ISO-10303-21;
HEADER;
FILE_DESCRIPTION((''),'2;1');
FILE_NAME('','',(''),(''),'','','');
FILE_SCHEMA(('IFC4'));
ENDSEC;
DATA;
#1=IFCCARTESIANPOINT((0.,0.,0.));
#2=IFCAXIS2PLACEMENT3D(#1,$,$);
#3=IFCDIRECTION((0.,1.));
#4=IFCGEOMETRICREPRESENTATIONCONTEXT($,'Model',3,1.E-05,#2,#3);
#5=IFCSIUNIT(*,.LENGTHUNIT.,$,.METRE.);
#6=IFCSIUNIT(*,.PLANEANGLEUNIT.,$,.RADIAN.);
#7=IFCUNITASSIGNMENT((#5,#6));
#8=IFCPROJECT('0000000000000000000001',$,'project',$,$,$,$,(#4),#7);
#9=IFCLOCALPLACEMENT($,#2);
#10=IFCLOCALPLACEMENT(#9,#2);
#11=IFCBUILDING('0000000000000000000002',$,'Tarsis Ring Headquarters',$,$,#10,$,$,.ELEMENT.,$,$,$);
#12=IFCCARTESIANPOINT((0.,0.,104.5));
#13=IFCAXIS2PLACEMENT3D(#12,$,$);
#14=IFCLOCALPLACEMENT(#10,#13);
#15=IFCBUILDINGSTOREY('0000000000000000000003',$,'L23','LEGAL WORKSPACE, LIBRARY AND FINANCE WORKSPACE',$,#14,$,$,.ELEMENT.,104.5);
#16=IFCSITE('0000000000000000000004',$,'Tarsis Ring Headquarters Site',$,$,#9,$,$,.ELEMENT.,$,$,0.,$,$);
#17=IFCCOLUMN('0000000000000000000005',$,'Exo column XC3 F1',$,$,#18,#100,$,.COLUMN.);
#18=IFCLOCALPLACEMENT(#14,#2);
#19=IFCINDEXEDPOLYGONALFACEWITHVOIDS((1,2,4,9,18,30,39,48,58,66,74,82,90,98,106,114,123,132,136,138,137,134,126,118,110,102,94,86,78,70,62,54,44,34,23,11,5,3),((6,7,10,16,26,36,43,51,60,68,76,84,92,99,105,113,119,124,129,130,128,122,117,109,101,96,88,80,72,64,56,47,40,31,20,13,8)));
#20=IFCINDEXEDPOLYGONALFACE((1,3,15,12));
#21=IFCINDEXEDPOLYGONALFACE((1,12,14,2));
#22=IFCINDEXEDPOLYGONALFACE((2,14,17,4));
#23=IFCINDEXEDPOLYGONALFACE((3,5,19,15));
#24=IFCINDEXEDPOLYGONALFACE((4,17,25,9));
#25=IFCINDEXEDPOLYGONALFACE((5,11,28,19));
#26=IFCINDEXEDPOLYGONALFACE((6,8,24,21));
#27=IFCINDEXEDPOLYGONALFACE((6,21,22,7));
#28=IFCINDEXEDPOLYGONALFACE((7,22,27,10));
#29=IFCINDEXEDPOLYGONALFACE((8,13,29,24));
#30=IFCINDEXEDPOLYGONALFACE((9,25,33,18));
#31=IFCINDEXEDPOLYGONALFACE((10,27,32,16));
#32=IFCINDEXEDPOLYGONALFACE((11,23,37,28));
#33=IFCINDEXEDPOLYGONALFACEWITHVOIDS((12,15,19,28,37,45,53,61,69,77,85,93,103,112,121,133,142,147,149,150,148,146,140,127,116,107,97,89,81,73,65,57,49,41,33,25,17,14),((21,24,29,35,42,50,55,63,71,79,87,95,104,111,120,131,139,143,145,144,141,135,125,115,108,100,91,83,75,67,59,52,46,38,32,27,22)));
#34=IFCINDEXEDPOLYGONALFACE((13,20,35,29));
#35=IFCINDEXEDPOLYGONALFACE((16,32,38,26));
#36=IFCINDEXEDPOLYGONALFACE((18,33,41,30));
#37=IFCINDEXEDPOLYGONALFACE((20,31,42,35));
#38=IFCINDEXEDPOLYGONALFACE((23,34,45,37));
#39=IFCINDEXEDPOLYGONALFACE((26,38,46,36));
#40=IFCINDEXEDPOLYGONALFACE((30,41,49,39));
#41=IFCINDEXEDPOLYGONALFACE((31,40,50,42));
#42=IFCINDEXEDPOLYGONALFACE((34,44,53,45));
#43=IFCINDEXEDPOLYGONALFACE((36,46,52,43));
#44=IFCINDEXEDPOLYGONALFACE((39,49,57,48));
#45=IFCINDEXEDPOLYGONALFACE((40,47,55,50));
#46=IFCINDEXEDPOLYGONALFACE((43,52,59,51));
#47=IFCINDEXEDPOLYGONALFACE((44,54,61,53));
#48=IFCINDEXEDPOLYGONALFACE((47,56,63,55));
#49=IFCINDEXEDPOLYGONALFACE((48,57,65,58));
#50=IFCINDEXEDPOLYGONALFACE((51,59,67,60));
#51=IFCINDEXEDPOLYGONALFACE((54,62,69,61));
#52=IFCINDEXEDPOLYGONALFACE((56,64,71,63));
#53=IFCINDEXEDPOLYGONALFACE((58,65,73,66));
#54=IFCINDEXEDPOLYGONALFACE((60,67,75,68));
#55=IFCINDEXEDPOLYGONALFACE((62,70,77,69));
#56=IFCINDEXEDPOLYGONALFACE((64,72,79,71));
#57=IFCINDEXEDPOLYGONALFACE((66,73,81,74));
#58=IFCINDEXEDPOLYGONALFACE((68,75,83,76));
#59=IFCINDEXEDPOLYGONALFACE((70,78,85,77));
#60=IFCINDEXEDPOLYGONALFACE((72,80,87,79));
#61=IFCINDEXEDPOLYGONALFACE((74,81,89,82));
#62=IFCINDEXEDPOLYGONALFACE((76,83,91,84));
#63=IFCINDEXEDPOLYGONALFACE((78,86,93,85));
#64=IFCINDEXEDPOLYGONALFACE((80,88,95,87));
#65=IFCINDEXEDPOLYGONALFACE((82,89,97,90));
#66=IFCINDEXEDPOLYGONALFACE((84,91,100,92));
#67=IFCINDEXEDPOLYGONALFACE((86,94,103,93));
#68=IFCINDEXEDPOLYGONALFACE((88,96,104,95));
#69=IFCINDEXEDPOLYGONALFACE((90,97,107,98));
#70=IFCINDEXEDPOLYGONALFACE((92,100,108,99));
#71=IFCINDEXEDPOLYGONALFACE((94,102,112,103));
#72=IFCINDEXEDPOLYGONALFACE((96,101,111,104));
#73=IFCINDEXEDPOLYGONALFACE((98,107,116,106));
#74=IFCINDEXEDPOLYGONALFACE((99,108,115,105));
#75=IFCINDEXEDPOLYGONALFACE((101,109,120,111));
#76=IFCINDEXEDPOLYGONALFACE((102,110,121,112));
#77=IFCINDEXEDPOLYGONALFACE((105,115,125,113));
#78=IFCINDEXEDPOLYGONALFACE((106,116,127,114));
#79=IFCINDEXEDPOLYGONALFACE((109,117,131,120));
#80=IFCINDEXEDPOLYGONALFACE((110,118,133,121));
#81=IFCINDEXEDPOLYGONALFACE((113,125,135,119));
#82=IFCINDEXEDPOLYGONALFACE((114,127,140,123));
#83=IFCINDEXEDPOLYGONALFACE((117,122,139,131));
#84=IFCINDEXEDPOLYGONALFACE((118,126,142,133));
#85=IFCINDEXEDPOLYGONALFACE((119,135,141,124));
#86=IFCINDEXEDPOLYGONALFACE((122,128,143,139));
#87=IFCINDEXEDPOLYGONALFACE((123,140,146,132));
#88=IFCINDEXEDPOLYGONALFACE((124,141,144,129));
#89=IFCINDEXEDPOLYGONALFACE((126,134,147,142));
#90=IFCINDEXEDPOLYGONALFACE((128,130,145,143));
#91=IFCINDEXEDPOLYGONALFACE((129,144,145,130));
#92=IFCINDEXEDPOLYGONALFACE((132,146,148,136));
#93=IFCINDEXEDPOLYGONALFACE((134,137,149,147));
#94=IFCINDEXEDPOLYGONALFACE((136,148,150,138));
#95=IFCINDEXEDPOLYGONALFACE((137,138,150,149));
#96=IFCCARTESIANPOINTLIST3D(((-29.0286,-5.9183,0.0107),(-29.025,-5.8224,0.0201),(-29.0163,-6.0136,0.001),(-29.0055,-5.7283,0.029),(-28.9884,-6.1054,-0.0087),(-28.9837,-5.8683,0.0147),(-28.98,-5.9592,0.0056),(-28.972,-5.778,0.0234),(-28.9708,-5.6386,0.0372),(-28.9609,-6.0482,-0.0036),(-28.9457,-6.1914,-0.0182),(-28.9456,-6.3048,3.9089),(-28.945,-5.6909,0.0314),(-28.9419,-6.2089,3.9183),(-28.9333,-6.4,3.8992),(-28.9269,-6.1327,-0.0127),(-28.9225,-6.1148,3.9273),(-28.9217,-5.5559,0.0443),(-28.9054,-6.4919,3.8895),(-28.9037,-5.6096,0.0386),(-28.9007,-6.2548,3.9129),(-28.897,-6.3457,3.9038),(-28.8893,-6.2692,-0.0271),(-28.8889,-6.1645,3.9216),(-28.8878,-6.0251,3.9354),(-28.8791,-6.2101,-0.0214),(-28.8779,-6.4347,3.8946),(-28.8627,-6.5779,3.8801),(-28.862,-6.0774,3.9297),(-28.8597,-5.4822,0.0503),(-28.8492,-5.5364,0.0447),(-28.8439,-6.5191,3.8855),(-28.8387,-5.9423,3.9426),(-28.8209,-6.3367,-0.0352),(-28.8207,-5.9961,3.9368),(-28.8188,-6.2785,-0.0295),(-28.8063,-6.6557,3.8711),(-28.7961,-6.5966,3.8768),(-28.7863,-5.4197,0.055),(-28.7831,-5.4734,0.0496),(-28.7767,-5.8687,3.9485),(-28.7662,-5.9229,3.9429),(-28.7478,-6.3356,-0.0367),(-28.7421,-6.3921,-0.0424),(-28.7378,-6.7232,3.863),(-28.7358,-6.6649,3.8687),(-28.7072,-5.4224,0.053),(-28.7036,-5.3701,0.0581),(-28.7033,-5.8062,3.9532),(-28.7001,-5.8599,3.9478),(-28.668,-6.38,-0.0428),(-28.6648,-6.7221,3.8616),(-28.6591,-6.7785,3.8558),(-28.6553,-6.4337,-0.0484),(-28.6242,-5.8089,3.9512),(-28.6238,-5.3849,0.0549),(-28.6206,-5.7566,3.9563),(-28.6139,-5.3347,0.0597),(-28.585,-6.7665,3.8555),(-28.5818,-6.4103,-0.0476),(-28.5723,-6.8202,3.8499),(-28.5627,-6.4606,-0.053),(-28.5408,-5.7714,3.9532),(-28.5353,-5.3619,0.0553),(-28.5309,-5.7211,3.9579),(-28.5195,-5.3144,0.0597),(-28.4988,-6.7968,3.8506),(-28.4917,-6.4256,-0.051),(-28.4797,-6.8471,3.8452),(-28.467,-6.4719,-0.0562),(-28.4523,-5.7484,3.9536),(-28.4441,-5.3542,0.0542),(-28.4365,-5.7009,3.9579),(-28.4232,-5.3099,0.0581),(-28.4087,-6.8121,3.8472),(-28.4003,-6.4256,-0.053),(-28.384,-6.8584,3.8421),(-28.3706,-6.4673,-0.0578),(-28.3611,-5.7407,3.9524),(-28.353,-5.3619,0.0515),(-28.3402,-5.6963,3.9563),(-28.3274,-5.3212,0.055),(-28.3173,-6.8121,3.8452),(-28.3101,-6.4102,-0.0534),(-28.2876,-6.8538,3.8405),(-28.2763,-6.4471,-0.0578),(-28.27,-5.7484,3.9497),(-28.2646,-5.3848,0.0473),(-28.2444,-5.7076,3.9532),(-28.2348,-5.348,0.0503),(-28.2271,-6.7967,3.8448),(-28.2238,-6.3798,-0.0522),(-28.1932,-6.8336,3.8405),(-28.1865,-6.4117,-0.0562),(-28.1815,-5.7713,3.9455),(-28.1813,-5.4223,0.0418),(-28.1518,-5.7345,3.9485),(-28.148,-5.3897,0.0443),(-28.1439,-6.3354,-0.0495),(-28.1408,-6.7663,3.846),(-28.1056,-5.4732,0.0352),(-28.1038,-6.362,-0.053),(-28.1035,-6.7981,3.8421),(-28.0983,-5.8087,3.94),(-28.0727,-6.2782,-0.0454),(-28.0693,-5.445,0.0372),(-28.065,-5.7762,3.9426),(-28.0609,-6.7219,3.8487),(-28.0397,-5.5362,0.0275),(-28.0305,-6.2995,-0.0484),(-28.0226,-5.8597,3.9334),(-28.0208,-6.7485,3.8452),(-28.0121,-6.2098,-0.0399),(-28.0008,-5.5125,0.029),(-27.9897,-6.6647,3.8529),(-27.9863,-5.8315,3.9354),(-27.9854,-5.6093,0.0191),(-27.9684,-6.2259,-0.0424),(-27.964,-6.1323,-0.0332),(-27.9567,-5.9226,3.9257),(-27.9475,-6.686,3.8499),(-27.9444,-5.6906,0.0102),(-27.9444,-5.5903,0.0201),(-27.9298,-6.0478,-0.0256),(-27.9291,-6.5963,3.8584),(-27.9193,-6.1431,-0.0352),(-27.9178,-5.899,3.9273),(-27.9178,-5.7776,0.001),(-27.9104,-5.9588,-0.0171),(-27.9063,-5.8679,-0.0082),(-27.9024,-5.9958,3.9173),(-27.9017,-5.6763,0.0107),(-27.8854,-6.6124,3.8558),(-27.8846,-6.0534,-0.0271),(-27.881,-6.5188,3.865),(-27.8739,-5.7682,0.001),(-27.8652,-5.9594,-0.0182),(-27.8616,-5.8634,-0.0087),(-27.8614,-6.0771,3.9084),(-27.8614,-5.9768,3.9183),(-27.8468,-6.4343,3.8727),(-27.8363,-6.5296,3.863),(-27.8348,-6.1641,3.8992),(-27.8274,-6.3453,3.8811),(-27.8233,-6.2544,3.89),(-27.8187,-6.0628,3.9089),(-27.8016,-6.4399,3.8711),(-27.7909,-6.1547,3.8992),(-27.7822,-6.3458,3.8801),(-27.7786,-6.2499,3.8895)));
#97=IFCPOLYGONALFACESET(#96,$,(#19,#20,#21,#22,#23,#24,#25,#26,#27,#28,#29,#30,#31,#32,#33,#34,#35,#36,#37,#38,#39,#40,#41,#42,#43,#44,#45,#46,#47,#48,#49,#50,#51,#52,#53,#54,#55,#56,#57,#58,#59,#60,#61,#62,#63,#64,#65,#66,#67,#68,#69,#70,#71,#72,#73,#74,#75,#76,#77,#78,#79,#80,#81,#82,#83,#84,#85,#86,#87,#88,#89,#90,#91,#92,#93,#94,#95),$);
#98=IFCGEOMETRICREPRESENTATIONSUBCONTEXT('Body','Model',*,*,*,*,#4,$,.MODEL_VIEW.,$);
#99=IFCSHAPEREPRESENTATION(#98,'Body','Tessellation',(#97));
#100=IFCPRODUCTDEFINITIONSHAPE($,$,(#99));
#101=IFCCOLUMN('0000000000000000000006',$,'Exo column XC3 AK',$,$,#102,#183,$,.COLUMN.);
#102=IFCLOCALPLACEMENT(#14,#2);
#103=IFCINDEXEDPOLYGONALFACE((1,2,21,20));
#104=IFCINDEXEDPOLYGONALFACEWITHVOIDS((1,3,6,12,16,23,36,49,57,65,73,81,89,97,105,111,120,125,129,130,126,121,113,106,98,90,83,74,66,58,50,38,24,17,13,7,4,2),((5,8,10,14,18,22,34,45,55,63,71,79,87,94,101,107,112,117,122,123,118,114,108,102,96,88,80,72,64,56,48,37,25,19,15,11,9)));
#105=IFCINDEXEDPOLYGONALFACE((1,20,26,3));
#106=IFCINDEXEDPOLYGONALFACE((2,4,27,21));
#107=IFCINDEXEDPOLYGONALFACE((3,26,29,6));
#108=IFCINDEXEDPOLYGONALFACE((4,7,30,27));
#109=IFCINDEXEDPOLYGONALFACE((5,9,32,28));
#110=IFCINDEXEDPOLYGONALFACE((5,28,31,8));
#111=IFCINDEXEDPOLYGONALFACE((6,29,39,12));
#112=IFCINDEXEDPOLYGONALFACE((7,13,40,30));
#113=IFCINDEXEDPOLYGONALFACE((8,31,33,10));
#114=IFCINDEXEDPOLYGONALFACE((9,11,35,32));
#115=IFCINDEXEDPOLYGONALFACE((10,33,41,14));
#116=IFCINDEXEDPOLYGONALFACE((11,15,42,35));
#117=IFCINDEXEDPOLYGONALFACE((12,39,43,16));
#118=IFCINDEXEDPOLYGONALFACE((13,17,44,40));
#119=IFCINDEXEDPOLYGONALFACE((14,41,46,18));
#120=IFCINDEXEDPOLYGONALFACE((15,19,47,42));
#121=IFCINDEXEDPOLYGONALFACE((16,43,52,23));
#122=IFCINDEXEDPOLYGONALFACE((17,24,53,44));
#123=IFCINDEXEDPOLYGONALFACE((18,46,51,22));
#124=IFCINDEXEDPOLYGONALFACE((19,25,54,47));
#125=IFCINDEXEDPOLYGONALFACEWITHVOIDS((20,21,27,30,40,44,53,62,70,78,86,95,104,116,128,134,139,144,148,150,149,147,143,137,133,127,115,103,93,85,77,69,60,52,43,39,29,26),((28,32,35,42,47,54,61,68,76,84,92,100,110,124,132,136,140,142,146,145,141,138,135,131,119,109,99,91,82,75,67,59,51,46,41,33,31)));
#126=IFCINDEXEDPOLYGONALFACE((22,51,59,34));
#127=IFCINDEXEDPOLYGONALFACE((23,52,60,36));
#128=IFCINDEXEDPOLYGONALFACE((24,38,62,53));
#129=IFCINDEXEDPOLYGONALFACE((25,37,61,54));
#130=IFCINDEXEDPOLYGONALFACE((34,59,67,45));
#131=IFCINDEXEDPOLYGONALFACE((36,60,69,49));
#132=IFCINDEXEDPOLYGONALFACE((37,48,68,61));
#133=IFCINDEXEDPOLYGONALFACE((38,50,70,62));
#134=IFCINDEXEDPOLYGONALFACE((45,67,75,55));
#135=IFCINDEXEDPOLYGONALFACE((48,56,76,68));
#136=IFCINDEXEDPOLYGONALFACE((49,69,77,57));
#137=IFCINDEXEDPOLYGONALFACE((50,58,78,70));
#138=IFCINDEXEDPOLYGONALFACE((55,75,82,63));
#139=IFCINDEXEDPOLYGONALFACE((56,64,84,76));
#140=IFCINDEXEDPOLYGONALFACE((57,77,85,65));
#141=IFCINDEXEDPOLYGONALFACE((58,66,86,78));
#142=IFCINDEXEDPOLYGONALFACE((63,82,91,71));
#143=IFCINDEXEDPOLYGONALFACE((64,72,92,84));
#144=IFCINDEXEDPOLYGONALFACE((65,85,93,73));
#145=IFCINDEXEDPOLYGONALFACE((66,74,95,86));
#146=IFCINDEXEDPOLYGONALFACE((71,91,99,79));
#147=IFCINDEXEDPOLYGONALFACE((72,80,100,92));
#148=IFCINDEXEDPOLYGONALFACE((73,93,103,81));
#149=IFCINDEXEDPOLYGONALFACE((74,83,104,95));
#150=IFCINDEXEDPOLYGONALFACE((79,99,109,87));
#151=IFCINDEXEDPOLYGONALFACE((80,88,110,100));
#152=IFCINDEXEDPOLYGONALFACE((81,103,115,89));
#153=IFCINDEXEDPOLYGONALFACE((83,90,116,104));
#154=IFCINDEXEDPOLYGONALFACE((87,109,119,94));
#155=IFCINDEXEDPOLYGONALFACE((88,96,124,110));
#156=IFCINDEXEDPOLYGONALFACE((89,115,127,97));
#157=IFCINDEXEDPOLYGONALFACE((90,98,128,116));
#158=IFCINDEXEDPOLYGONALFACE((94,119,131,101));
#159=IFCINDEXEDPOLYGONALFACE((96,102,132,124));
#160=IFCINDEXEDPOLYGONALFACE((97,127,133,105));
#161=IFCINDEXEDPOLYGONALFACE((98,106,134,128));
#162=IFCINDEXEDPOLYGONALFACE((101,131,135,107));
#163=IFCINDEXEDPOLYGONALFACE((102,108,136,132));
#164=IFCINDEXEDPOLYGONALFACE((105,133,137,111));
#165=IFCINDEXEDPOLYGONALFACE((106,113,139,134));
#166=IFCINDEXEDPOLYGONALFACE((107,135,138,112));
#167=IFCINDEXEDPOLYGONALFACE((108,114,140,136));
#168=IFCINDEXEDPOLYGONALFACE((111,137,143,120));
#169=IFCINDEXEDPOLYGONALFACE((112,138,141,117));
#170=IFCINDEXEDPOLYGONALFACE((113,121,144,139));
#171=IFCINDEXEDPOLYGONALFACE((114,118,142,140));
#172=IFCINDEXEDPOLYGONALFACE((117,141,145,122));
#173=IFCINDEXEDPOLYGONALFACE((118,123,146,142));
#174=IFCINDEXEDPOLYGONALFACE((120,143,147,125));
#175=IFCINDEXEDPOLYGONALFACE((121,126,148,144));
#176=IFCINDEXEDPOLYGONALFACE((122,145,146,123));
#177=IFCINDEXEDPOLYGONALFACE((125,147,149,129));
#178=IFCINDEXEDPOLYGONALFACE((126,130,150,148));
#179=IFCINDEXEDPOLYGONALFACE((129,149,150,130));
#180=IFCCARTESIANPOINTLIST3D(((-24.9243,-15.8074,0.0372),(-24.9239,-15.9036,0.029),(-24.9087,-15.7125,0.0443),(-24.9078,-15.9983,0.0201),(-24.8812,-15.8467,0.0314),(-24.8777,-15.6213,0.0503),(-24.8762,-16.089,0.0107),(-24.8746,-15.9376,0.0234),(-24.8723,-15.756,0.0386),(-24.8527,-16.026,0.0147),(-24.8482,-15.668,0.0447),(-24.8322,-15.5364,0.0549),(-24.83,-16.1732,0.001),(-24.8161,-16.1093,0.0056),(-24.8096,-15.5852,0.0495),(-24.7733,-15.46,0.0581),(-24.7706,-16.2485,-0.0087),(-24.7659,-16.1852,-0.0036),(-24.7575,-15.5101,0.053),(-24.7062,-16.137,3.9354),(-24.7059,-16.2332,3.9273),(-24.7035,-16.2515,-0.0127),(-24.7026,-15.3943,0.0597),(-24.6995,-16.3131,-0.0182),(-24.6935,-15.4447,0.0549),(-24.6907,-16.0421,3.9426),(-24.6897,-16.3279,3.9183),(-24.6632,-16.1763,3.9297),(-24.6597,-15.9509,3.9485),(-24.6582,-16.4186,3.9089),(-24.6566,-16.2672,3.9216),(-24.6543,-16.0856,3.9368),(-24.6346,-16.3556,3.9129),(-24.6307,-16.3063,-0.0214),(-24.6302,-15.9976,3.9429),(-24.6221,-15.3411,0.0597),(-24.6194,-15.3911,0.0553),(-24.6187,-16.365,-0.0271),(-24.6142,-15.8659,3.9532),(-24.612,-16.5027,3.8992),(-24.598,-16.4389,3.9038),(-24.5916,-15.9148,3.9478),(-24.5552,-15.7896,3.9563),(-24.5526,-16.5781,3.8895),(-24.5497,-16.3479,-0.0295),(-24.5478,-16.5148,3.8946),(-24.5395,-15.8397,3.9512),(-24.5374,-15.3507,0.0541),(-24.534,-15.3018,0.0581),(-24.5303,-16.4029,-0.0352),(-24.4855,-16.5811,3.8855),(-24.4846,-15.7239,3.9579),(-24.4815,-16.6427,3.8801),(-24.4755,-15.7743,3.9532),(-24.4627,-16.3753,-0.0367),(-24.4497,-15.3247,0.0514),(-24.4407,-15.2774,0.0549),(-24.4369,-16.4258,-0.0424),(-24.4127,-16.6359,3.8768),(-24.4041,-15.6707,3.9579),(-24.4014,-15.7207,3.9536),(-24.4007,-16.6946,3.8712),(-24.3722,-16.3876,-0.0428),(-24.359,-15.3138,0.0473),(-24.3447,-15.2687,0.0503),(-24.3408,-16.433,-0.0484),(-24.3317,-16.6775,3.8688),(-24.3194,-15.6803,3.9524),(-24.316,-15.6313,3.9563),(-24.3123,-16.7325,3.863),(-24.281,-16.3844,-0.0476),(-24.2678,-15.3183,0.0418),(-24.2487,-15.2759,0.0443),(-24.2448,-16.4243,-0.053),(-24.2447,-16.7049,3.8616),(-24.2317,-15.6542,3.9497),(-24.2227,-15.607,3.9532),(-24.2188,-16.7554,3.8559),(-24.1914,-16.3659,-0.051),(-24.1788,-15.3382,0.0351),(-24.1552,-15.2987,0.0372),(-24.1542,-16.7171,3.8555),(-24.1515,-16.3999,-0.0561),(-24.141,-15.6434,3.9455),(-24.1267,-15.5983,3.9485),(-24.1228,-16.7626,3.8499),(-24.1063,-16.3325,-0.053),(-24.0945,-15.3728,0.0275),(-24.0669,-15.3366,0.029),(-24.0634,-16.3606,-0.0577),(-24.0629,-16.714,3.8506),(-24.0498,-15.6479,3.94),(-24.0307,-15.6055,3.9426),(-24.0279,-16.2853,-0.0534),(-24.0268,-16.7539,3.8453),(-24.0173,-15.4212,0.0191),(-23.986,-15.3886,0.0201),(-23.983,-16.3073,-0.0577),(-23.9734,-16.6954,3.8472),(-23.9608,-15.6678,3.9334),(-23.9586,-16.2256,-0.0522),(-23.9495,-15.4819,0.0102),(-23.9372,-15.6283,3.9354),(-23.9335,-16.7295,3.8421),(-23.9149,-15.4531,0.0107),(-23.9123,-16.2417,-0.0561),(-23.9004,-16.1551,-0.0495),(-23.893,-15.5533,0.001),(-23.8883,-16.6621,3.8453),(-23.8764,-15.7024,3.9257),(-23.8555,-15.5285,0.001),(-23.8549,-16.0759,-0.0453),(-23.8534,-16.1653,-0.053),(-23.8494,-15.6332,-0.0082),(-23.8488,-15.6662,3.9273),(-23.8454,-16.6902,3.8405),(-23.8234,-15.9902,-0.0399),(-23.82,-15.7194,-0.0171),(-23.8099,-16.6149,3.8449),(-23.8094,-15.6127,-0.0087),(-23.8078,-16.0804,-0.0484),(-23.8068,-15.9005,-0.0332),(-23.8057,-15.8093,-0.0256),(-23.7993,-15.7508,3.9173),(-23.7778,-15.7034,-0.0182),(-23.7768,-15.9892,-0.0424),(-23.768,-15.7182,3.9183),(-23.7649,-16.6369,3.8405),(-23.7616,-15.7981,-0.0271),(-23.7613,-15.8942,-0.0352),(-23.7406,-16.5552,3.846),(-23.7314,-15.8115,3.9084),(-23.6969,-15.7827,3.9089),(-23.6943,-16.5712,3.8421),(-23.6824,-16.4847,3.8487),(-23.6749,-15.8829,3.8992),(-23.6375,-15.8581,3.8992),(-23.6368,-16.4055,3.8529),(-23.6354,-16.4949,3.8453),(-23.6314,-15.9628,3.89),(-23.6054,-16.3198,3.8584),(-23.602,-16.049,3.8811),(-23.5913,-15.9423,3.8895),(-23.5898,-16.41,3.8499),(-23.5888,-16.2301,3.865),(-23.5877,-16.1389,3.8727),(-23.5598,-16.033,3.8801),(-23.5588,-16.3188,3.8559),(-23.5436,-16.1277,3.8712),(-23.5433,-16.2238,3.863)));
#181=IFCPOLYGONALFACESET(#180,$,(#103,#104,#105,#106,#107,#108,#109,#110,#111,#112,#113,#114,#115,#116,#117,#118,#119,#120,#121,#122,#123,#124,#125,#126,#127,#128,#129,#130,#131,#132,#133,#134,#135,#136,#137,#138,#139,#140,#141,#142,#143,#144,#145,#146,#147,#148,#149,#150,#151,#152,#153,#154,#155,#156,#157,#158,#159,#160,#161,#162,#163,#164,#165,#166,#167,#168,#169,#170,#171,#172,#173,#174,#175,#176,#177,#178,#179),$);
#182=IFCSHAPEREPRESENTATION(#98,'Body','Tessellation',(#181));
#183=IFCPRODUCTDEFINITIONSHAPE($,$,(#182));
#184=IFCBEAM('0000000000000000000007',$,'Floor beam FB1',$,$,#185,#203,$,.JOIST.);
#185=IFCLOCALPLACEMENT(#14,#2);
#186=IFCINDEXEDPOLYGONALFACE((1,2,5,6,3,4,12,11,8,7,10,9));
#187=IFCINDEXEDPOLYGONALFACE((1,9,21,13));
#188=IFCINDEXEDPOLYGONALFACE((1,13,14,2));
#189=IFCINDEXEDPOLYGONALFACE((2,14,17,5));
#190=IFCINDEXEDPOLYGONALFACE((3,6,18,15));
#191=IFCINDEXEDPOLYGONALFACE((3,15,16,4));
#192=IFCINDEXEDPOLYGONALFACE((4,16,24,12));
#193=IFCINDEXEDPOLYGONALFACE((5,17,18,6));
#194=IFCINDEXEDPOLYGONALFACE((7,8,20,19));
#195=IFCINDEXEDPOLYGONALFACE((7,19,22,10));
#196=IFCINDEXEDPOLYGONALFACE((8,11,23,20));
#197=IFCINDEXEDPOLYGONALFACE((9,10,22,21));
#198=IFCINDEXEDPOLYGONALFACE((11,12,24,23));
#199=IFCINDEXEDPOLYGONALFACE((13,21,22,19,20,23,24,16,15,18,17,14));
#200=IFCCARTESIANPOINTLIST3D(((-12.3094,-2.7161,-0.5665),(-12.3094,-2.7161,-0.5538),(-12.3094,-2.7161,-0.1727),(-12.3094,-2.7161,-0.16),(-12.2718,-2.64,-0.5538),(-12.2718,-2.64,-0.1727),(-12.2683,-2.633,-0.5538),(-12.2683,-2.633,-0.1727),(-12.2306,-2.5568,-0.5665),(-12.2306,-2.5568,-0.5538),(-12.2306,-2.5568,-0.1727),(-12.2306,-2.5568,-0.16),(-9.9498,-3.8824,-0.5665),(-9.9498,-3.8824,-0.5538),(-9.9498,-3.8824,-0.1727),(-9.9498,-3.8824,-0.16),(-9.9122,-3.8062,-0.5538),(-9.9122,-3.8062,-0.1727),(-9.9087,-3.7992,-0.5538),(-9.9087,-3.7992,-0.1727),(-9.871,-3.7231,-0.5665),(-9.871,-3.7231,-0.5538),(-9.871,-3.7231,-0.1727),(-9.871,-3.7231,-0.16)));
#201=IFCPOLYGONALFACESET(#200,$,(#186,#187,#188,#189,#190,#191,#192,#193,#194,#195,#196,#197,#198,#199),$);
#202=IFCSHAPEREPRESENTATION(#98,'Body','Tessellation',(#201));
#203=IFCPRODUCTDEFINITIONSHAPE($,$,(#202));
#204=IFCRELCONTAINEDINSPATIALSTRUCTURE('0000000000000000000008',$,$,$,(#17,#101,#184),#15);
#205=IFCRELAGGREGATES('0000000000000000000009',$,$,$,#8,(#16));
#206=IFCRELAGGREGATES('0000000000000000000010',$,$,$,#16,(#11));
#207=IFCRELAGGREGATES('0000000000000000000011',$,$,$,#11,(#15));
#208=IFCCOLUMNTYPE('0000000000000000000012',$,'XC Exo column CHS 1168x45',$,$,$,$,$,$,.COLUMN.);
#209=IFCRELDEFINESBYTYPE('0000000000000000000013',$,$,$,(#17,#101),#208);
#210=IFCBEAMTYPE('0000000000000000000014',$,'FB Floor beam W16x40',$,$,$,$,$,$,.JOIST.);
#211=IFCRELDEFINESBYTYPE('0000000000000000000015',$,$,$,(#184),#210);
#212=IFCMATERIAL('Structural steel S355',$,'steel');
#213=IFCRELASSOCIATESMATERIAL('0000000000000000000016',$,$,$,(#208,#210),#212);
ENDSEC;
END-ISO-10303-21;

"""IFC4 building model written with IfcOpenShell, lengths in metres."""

from ifc_helpers import new_model, si_unit, direction, frame, origin, origin_2d, place, context, subcontext, project, spatial, hollow_circle, i_section, extrude, material, material_profile, profile_set, type_object, element, save


model = new_model("IFC4")

# Units and contexts
model_context = context("Model", 3, precision=1e-05, world=origin(), true_north=direction((0.0, 1.0)))
body_context = subcontext(model_context, "Body", "Model", "MODEL_VIEW")
ifc_project = project(units=[si_unit("LENGTHUNIT", "METRE"), si_unit("PLANEANGLEUNIT", "RADIAN")], contexts=[model_context])

# Site, building, storey
site_placement = place(None, origin())
site = spatial("IfcSite", under=ifc_project, at=site_placement, Name="Tarsis Ring Headquarters Site", CompositionType="ELEMENT", RefElevation=0.0)
building_placement = place(site_placement, origin())
building = spatial("IfcBuilding", under=site, at=building_placement, Name="Tarsis Ring Headquarters", CompositionType="ELEMENT")
storey_placement = place(building_placement, frame((0.0, 0.0, 104.5)))
storey = spatial("IfcBuildingStorey", under=building, at=storey_placement, Name="L23", Description="LEGAL WORKSPACE, LIBRARY AND FINANCE WORKSPACE", CompositionType="ELEMENT", Elevation=104.5)

# Columns
ifc_material_1 = material(Name="Structural steel S355", Category="steel")
ifc_material_profile_1 = material_profile(ifc_material_1, hollow_circle(Radius=0.5842, WallThickness=0.0449, at=origin_2d()), Name="CHS 1168x45")
ifc_profile_set_1 = profile_set([ifc_material_profile_1], Name="Structural steel S355")
column_type = type_object("IfcColumnType", Name="XC Exo column CHS 1168x45", PredefinedType="COLUMN", material=ifc_profile_set_1)
for number, where, z_axis, x_axis, name in (
    (1, (-28.4451, -5.8909, 0.001), (0.021185, -0.098636, 0.994898), (0.977703, 0.209993, 0.0), "Exo column XC3 F1"),
    (2, (-24.3428, -15.8508, 0.001), (0.055643, -0.084118, 0.994901), (0.834041, 0.551703, 0.0), "Exo column XC3 AK"),
):
    element("IfcColumn", number, at=place(storey_placement, frame(where, z_axis=z_axis, x_axis=x_axis)), inside=storey, type_object=column_type, Name=name, PredefinedType="COLUMN", context=body_context, shape_type="SweptSolid", body=[
        extrude(hollow_circle(Radius=0.5842, WallThickness=0.0449, at=origin_2d()), origin(), (0.0, 0.0, 1.0), 3.9182),
    ])

# Beam
ifc_material_profile_2 = material_profile(ifc_material_1, i_section(OverallWidth=0.1777, OverallDepth=0.4065, WebThickness=0.0078, FlangeThickness=0.0127, at=origin_2d()), Name="W16x40")
ifc_profile_set_2 = profile_set([ifc_material_profile_2], Name="Structural steel S355")
beam_type_1 = type_object("IfcBeamType", Name="FB Floor beam W16x40", PredefinedType="JOIST", material=ifc_profile_set_2)
beam_1_placement = place(storey_placement, frame((-12.27, -2.6365, -0.3633), z_axis=(0.896477, -0.443091, 0.0), x_axis=(0.443091, 0.896477, 0.0)))
element("IfcBeam", 3, at=beam_1_placement, inside=storey, type_object=beam_type_1, Name="Floor beam FB1", PredefinedType="JOIST", context=body_context, shape_type="SweptSolid", body=[
    extrude(i_section(OverallWidth=0.1777, OverallDepth=0.4065, WebThickness=0.0078, FlangeThickness=0.0127, at=origin_2d()), origin(), (0.0, 0.0, 1.0), 2.6321),
])

save(model, "model.ifc")
